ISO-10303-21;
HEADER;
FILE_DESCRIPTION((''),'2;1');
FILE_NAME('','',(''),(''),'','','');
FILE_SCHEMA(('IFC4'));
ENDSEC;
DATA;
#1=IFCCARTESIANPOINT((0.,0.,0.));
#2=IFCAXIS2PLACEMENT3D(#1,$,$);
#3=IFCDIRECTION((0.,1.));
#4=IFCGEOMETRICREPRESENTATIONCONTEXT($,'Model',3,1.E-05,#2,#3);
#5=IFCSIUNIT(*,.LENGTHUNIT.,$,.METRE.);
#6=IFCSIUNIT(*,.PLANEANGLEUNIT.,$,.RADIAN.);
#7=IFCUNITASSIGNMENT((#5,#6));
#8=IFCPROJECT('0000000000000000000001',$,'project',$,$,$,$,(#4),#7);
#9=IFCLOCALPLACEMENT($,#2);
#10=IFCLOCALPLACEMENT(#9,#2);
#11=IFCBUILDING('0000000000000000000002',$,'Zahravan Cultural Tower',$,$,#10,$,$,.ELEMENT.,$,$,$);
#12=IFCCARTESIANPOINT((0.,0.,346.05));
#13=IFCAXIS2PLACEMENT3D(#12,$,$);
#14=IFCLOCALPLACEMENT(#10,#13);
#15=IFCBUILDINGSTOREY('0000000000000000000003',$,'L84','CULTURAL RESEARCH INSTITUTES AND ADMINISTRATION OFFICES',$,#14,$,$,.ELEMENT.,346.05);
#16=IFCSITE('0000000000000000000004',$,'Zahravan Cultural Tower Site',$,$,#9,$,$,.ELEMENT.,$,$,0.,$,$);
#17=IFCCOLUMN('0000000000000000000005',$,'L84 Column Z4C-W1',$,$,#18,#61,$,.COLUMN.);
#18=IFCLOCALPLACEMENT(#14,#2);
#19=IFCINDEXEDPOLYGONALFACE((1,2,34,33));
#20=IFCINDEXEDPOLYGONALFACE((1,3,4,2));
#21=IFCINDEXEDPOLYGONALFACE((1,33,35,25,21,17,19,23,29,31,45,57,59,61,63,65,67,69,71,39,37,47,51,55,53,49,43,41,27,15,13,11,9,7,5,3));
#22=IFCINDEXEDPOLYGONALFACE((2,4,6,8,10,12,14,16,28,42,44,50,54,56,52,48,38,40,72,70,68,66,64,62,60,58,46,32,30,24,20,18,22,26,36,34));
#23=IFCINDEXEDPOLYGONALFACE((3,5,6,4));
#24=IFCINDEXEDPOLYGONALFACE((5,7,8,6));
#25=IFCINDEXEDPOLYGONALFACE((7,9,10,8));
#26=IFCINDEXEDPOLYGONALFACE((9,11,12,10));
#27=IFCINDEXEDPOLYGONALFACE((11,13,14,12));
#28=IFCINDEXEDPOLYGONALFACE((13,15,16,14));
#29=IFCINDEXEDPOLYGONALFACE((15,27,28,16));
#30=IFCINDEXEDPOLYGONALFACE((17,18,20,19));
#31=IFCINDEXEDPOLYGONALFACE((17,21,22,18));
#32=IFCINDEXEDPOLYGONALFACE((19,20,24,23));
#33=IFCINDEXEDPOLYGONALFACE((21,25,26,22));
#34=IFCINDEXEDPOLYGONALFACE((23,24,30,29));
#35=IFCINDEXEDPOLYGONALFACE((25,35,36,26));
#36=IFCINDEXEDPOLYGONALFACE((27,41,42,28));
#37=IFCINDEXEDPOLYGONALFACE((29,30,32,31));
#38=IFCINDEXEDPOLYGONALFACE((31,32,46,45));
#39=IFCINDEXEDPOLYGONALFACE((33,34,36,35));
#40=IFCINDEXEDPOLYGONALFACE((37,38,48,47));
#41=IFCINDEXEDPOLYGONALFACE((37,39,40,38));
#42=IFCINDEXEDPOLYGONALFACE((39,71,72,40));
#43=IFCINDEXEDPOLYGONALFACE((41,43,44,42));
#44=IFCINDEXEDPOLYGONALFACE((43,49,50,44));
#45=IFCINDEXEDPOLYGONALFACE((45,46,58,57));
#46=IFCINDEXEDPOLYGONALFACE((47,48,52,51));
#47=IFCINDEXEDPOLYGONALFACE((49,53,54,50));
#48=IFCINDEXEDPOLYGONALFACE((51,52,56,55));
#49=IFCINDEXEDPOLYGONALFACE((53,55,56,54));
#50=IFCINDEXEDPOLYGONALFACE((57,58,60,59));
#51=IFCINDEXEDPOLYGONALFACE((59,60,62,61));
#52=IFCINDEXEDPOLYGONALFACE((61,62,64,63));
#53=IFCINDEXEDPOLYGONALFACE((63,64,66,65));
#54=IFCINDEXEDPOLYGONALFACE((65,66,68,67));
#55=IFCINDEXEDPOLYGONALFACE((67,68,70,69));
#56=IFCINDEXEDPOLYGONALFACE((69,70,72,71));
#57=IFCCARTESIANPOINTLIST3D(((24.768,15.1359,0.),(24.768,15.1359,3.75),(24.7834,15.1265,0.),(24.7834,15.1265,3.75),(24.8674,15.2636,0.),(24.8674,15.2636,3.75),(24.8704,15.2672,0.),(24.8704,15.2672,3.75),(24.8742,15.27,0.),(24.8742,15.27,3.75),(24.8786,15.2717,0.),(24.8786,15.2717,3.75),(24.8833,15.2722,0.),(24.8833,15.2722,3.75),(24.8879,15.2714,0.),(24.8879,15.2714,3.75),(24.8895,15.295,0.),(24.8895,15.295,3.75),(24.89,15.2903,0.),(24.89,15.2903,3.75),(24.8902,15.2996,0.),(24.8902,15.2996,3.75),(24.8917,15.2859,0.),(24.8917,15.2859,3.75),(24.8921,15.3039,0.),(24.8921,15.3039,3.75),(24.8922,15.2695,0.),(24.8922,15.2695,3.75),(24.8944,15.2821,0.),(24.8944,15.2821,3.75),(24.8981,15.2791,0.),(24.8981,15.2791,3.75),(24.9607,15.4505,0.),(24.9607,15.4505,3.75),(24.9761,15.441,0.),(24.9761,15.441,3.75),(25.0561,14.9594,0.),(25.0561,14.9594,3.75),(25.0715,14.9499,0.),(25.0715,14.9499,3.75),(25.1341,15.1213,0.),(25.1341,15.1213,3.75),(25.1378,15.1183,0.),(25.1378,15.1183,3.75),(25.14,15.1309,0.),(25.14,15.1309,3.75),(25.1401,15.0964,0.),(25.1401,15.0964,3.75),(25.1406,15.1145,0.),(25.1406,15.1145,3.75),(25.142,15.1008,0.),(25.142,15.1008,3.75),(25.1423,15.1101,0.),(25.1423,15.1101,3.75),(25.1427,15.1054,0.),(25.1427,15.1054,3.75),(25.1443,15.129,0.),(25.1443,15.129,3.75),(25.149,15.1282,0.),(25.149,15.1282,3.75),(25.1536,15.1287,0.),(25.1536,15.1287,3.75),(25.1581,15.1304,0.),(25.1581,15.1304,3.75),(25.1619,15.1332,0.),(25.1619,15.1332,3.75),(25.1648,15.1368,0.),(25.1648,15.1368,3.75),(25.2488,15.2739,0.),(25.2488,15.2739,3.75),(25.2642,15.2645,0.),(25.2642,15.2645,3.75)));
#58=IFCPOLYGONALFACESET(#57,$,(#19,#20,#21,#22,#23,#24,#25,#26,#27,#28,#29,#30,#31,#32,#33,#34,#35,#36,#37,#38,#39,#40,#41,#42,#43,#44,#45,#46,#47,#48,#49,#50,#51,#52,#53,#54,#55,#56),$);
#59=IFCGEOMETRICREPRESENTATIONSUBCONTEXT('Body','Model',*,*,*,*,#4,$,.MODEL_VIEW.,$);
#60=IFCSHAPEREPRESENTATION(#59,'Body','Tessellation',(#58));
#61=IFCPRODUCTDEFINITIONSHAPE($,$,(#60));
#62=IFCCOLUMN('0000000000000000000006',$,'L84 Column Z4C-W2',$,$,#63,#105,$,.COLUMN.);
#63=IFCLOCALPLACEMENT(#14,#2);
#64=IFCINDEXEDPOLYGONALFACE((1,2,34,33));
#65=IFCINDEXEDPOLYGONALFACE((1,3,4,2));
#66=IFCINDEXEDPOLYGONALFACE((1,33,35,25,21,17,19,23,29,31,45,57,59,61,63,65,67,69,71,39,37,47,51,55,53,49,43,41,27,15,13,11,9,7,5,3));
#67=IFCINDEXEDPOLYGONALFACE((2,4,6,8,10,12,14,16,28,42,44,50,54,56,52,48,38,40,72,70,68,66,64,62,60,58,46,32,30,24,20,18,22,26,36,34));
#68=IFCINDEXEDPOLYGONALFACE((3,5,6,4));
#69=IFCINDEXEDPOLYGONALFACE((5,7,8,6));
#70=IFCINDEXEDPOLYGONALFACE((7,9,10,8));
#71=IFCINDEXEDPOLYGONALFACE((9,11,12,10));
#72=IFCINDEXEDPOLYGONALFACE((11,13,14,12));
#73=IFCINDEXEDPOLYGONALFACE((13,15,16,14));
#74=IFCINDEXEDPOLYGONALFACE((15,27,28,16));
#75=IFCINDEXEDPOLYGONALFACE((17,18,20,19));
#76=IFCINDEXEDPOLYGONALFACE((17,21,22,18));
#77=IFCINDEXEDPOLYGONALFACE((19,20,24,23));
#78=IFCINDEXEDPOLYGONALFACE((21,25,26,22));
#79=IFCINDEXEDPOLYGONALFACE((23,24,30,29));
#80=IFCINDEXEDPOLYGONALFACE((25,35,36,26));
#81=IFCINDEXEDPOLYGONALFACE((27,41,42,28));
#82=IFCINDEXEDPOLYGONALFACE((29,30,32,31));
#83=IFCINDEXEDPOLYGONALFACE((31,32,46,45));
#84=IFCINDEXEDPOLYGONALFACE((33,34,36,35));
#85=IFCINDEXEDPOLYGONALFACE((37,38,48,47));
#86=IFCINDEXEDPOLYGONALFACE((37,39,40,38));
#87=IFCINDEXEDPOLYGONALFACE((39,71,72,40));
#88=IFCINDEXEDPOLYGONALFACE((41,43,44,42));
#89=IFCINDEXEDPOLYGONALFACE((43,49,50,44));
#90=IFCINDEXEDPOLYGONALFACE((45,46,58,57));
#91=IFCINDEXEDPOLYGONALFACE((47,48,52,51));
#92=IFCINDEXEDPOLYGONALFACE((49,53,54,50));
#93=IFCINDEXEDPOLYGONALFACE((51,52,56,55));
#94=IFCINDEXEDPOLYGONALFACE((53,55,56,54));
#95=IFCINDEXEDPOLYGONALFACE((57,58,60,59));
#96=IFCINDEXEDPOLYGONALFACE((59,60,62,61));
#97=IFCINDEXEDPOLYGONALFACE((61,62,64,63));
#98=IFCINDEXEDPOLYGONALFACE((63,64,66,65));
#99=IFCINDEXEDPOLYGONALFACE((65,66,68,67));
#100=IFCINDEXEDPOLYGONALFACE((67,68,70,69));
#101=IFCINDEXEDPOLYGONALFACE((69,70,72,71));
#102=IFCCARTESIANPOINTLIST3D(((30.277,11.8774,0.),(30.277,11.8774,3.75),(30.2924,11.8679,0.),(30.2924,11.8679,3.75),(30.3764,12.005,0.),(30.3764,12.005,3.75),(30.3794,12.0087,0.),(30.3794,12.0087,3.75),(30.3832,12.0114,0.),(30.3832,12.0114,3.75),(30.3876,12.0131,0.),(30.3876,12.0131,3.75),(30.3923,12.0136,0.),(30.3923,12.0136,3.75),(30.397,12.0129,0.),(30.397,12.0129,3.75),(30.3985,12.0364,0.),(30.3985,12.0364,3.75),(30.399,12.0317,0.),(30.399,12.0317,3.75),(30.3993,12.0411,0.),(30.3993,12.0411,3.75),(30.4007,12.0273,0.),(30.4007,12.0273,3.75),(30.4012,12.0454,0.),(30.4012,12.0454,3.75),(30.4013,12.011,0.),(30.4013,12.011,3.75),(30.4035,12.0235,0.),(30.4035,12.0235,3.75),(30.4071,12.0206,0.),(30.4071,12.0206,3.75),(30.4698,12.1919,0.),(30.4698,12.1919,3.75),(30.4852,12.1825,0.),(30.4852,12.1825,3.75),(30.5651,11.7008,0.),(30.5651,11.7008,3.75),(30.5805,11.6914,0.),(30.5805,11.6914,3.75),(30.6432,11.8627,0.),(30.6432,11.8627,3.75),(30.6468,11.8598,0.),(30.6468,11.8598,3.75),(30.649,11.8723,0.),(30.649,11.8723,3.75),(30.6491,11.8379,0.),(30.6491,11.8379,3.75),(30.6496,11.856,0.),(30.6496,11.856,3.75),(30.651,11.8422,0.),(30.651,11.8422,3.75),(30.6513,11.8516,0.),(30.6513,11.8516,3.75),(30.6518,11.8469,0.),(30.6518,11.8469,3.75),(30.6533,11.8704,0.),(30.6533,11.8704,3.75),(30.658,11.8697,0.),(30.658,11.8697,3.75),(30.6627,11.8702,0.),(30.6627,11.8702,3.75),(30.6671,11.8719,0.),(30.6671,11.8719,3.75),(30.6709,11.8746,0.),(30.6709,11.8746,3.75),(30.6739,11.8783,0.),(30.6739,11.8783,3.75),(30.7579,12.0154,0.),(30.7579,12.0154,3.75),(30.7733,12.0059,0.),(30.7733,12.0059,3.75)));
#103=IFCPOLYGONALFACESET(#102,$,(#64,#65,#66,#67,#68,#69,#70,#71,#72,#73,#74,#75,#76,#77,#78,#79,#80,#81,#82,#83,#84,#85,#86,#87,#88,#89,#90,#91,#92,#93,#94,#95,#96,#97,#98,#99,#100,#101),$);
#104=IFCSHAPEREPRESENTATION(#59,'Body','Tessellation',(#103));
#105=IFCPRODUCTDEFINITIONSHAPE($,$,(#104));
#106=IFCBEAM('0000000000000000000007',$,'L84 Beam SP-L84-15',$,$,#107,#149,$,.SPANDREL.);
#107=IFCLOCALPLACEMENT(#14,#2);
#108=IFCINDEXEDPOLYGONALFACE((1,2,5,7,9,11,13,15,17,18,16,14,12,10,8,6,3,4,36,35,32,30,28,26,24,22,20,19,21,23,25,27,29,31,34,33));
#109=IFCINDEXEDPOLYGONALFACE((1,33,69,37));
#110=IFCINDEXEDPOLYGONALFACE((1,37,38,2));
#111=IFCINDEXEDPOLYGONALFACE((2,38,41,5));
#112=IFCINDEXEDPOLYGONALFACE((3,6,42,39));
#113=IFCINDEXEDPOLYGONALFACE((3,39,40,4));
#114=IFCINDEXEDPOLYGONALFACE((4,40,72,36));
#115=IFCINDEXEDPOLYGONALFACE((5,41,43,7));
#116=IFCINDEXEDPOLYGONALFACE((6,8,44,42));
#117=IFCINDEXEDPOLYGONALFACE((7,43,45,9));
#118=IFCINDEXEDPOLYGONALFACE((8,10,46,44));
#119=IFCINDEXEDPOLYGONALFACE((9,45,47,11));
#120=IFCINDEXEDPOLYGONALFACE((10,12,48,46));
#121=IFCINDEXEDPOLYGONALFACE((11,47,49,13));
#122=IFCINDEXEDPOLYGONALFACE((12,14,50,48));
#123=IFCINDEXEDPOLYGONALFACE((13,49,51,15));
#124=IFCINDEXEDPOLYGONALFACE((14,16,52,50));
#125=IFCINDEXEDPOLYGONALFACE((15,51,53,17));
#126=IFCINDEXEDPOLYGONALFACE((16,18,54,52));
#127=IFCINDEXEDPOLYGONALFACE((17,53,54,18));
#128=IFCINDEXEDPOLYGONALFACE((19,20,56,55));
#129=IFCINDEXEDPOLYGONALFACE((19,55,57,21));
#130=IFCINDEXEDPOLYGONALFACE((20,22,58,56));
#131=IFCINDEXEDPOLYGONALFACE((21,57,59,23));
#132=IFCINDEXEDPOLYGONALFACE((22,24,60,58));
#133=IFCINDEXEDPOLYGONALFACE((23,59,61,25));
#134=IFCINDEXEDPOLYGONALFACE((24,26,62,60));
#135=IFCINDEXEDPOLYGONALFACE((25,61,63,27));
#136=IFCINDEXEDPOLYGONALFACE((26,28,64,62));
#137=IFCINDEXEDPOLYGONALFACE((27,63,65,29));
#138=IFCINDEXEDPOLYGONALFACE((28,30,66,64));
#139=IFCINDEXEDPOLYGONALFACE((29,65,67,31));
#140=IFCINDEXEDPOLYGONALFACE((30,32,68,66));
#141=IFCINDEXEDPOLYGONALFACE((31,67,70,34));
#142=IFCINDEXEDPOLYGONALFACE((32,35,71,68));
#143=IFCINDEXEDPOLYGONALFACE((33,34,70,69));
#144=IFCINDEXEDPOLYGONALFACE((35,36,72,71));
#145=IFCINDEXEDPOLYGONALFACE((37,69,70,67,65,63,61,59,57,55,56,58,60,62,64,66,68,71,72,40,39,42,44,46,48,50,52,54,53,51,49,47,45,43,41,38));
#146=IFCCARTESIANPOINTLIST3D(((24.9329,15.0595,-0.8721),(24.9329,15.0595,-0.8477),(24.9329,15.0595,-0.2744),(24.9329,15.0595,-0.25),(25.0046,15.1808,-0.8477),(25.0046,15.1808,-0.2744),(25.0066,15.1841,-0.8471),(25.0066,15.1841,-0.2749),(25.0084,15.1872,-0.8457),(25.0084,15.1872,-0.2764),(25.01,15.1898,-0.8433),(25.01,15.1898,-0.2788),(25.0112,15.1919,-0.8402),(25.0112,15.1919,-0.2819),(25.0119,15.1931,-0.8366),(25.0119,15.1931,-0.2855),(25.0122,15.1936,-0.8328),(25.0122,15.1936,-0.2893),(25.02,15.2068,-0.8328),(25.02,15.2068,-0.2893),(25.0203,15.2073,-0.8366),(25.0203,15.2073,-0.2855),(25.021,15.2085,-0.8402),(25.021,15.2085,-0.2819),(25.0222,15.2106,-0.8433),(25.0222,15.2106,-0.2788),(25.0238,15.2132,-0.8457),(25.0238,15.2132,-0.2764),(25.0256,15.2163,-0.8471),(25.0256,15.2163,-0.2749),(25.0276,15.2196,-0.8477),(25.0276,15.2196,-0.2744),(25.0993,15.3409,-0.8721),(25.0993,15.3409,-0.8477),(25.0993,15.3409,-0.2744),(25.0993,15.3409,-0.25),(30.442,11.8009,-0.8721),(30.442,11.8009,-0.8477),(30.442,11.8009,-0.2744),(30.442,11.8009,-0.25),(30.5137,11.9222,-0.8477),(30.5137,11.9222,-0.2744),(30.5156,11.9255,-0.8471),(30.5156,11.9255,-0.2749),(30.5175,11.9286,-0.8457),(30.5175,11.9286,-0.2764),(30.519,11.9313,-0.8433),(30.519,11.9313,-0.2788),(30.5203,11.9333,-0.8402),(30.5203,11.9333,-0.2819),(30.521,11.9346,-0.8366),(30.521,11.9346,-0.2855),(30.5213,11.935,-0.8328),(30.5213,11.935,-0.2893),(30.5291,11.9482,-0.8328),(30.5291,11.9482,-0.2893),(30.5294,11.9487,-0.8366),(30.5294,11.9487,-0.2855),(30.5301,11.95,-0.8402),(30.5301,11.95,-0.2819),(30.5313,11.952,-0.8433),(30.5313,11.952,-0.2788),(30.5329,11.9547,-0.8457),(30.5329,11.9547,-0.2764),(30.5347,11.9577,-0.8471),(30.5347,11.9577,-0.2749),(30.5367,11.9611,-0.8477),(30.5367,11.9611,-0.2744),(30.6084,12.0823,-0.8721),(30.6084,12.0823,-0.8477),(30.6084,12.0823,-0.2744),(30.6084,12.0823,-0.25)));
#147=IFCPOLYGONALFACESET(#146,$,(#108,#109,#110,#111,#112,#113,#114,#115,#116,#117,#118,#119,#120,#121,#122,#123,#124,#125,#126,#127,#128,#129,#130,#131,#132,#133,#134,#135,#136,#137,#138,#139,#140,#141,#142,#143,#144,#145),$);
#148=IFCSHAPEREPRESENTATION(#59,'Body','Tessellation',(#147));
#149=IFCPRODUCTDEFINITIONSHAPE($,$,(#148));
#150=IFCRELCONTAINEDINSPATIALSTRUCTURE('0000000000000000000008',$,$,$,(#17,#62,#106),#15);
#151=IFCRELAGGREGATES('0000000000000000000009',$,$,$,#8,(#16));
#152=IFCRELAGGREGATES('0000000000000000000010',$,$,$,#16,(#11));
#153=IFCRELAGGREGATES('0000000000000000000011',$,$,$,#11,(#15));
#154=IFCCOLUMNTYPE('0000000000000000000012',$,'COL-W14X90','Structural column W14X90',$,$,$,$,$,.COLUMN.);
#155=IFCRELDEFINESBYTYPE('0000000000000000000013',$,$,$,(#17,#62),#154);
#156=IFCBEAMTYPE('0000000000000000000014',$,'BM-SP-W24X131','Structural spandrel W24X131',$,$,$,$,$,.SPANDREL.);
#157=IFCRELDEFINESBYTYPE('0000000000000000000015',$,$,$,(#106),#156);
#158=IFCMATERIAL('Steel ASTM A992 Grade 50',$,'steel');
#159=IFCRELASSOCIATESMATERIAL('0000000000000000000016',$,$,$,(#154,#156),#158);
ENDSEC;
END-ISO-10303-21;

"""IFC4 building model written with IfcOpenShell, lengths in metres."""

from ifc_helpers import new_model, si_unit, direction, frame, origin, origin_2d, place, context, subcontext, project, spatial, i_section, extrude, source, transform, mapped, material, material_profile, profile_set, type_object, element, save


model = new_model("IFC4")

# Units and contexts
model_context = context("Model", 3, precision=1e-05, world=origin(), true_north=direction((0.0, 1.0)))
body_context = subcontext(model_context, "Body", "Model", "MODEL_VIEW")
ifc_project = project(units=[si_unit("LENGTHUNIT", "METRE"), si_unit("PLANEANGLEUNIT", "RADIAN")], contexts=[model_context])

# Site, building, storey
site_placement = place(None, origin())
site = spatial("IfcSite", under=ifc_project, at=site_placement, Name="Zahravan Cultural Tower Site", CompositionType="ELEMENT", RefElevation=0.0)
building_placement = place(site_placement, origin())
building = spatial("IfcBuilding", under=site, at=building_placement, Name="Zahravan Cultural Tower", CompositionType="ELEMENT")
storey_placement = place(building_placement, frame((0.0, 0.0, 346.05)))
storey = spatial("IfcBuildingStorey", under=building, at=storey_placement, Name="L84", Description="CULTURAL RESEARCH INSTITUTES AND ADMINISTRATION OFFICES", CompositionType="ELEMENT", Elevation=346.05)

# Columns
ifc_material_1 = material(Name="Steel ASTM A992 Grade 50", Category="steel")
ifc_material_profile_1 = material_profile(ifc_material_1, i_section(OverallWidth=0.3689, OverallDepth=0.356, WebThickness=0.0112, FlangeThickness=0.0181, FilletRadius=0.0181, at=origin_2d()), Name="W14X90")
ifc_profile_set_1 = profile_set([ifc_material_profile_1], Name="Steel ASTM A992 Grade 50")
column_type = type_object("IfcColumnType", Name="COL-W14X90", Description="Structural column W14X90", PredefinedType="COLUMN", material=ifc_profile_set_1)
shared_shape_1 = source(origin(), body_context, "Body", "SweptSolid", [
    extrude(i_section(OverallWidth=0.3689, OverallDepth=0.356, WebThickness=0.0112, FlangeThickness=0.0181, FilletRadius=0.0181, at=origin_2d()), origin(), (0.0, 0.0, 1.0), 3.75),
])
for number, where, z_axis, x_axis, name in (
    (1, (25.0161, 15.2002, 0.0), (0.0, 0.0, 1.0), (0.522499, 0.85264, 0.0), "L84 Column Z4C-W1"),
    (2, (30.5251, 11.9417, 0.0), (0.0, 0.0, 1.0), (0.522499, 0.85264, 0.0), "L84 Column Z4C-W2"),
):
    element("IfcColumn", number, at=place(storey_placement, frame(where, z_axis=z_axis, x_axis=x_axis)), inside=storey, type_object=column_type, Name=name, PredefinedType="COLUMN", context=body_context, shape_type="MappedRepresentation", body=[
        mapped(shared_shape_1, transform((0.0, 0.0, 0.0), x_axis=(1.0, 0.0, 0.0), y_axis=(0.0, 1.0, 0.0), z_axis=(0.0, 0.0, 1.0), scale=1.0)),
    ])

# Beam
ifc_material_profile_2 = material_profile(ifc_material_1, i_section(OverallWidth=0.3269, OverallDepth=0.6221, WebThickness=0.0154, FlangeThickness=0.0244, FilletRadius=0.0149, at=origin_2d()), Name="W24X131")
ifc_profile_set_2 = profile_set([ifc_material_profile_2], Name="Steel ASTM A992 Grade 50")
beam_type_1 = type_object("IfcBeamType", Name="BM-SP-W24X131", Description="Structural spandrel W24X131", PredefinedType="SPANDREL", material=ifc_profile_set_2)
shared_shape_2 = source(origin(), body_context, "Body", "SweptSolid", [
    extrude(i_section(OverallWidth=0.3269, OverallDepth=0.6221, WebThickness=0.0154, FlangeThickness=0.0244, FilletRadius=0.0149, at=origin_2d()), origin(), (0.0, 0.0, 1.0), 6.4006),
])
beam_1_placement = place(storey_placement, frame((25.0161, 15.2002, -0.561), z_axis=(0.860707, -0.509101, 0.0), x_axis=(0.509101, 0.860707, 0.0)))
element("IfcBeam", 3, at=beam_1_placement, inside=storey, type_object=beam_type_1, Name="L84 Beam SP-L84-15", PredefinedType="SPANDREL", context=body_context, shape_type="MappedRepresentation", body=[
    mapped(shared_shape_2, transform((0.0, 0.0, 0.0), x_axis=(1.0, 0.0, 0.0), y_axis=(0.0, 1.0, 0.0), z_axis=(0.0, 0.0, 1.0), scale=1.0)),
])

save(model, "model.ifc")
